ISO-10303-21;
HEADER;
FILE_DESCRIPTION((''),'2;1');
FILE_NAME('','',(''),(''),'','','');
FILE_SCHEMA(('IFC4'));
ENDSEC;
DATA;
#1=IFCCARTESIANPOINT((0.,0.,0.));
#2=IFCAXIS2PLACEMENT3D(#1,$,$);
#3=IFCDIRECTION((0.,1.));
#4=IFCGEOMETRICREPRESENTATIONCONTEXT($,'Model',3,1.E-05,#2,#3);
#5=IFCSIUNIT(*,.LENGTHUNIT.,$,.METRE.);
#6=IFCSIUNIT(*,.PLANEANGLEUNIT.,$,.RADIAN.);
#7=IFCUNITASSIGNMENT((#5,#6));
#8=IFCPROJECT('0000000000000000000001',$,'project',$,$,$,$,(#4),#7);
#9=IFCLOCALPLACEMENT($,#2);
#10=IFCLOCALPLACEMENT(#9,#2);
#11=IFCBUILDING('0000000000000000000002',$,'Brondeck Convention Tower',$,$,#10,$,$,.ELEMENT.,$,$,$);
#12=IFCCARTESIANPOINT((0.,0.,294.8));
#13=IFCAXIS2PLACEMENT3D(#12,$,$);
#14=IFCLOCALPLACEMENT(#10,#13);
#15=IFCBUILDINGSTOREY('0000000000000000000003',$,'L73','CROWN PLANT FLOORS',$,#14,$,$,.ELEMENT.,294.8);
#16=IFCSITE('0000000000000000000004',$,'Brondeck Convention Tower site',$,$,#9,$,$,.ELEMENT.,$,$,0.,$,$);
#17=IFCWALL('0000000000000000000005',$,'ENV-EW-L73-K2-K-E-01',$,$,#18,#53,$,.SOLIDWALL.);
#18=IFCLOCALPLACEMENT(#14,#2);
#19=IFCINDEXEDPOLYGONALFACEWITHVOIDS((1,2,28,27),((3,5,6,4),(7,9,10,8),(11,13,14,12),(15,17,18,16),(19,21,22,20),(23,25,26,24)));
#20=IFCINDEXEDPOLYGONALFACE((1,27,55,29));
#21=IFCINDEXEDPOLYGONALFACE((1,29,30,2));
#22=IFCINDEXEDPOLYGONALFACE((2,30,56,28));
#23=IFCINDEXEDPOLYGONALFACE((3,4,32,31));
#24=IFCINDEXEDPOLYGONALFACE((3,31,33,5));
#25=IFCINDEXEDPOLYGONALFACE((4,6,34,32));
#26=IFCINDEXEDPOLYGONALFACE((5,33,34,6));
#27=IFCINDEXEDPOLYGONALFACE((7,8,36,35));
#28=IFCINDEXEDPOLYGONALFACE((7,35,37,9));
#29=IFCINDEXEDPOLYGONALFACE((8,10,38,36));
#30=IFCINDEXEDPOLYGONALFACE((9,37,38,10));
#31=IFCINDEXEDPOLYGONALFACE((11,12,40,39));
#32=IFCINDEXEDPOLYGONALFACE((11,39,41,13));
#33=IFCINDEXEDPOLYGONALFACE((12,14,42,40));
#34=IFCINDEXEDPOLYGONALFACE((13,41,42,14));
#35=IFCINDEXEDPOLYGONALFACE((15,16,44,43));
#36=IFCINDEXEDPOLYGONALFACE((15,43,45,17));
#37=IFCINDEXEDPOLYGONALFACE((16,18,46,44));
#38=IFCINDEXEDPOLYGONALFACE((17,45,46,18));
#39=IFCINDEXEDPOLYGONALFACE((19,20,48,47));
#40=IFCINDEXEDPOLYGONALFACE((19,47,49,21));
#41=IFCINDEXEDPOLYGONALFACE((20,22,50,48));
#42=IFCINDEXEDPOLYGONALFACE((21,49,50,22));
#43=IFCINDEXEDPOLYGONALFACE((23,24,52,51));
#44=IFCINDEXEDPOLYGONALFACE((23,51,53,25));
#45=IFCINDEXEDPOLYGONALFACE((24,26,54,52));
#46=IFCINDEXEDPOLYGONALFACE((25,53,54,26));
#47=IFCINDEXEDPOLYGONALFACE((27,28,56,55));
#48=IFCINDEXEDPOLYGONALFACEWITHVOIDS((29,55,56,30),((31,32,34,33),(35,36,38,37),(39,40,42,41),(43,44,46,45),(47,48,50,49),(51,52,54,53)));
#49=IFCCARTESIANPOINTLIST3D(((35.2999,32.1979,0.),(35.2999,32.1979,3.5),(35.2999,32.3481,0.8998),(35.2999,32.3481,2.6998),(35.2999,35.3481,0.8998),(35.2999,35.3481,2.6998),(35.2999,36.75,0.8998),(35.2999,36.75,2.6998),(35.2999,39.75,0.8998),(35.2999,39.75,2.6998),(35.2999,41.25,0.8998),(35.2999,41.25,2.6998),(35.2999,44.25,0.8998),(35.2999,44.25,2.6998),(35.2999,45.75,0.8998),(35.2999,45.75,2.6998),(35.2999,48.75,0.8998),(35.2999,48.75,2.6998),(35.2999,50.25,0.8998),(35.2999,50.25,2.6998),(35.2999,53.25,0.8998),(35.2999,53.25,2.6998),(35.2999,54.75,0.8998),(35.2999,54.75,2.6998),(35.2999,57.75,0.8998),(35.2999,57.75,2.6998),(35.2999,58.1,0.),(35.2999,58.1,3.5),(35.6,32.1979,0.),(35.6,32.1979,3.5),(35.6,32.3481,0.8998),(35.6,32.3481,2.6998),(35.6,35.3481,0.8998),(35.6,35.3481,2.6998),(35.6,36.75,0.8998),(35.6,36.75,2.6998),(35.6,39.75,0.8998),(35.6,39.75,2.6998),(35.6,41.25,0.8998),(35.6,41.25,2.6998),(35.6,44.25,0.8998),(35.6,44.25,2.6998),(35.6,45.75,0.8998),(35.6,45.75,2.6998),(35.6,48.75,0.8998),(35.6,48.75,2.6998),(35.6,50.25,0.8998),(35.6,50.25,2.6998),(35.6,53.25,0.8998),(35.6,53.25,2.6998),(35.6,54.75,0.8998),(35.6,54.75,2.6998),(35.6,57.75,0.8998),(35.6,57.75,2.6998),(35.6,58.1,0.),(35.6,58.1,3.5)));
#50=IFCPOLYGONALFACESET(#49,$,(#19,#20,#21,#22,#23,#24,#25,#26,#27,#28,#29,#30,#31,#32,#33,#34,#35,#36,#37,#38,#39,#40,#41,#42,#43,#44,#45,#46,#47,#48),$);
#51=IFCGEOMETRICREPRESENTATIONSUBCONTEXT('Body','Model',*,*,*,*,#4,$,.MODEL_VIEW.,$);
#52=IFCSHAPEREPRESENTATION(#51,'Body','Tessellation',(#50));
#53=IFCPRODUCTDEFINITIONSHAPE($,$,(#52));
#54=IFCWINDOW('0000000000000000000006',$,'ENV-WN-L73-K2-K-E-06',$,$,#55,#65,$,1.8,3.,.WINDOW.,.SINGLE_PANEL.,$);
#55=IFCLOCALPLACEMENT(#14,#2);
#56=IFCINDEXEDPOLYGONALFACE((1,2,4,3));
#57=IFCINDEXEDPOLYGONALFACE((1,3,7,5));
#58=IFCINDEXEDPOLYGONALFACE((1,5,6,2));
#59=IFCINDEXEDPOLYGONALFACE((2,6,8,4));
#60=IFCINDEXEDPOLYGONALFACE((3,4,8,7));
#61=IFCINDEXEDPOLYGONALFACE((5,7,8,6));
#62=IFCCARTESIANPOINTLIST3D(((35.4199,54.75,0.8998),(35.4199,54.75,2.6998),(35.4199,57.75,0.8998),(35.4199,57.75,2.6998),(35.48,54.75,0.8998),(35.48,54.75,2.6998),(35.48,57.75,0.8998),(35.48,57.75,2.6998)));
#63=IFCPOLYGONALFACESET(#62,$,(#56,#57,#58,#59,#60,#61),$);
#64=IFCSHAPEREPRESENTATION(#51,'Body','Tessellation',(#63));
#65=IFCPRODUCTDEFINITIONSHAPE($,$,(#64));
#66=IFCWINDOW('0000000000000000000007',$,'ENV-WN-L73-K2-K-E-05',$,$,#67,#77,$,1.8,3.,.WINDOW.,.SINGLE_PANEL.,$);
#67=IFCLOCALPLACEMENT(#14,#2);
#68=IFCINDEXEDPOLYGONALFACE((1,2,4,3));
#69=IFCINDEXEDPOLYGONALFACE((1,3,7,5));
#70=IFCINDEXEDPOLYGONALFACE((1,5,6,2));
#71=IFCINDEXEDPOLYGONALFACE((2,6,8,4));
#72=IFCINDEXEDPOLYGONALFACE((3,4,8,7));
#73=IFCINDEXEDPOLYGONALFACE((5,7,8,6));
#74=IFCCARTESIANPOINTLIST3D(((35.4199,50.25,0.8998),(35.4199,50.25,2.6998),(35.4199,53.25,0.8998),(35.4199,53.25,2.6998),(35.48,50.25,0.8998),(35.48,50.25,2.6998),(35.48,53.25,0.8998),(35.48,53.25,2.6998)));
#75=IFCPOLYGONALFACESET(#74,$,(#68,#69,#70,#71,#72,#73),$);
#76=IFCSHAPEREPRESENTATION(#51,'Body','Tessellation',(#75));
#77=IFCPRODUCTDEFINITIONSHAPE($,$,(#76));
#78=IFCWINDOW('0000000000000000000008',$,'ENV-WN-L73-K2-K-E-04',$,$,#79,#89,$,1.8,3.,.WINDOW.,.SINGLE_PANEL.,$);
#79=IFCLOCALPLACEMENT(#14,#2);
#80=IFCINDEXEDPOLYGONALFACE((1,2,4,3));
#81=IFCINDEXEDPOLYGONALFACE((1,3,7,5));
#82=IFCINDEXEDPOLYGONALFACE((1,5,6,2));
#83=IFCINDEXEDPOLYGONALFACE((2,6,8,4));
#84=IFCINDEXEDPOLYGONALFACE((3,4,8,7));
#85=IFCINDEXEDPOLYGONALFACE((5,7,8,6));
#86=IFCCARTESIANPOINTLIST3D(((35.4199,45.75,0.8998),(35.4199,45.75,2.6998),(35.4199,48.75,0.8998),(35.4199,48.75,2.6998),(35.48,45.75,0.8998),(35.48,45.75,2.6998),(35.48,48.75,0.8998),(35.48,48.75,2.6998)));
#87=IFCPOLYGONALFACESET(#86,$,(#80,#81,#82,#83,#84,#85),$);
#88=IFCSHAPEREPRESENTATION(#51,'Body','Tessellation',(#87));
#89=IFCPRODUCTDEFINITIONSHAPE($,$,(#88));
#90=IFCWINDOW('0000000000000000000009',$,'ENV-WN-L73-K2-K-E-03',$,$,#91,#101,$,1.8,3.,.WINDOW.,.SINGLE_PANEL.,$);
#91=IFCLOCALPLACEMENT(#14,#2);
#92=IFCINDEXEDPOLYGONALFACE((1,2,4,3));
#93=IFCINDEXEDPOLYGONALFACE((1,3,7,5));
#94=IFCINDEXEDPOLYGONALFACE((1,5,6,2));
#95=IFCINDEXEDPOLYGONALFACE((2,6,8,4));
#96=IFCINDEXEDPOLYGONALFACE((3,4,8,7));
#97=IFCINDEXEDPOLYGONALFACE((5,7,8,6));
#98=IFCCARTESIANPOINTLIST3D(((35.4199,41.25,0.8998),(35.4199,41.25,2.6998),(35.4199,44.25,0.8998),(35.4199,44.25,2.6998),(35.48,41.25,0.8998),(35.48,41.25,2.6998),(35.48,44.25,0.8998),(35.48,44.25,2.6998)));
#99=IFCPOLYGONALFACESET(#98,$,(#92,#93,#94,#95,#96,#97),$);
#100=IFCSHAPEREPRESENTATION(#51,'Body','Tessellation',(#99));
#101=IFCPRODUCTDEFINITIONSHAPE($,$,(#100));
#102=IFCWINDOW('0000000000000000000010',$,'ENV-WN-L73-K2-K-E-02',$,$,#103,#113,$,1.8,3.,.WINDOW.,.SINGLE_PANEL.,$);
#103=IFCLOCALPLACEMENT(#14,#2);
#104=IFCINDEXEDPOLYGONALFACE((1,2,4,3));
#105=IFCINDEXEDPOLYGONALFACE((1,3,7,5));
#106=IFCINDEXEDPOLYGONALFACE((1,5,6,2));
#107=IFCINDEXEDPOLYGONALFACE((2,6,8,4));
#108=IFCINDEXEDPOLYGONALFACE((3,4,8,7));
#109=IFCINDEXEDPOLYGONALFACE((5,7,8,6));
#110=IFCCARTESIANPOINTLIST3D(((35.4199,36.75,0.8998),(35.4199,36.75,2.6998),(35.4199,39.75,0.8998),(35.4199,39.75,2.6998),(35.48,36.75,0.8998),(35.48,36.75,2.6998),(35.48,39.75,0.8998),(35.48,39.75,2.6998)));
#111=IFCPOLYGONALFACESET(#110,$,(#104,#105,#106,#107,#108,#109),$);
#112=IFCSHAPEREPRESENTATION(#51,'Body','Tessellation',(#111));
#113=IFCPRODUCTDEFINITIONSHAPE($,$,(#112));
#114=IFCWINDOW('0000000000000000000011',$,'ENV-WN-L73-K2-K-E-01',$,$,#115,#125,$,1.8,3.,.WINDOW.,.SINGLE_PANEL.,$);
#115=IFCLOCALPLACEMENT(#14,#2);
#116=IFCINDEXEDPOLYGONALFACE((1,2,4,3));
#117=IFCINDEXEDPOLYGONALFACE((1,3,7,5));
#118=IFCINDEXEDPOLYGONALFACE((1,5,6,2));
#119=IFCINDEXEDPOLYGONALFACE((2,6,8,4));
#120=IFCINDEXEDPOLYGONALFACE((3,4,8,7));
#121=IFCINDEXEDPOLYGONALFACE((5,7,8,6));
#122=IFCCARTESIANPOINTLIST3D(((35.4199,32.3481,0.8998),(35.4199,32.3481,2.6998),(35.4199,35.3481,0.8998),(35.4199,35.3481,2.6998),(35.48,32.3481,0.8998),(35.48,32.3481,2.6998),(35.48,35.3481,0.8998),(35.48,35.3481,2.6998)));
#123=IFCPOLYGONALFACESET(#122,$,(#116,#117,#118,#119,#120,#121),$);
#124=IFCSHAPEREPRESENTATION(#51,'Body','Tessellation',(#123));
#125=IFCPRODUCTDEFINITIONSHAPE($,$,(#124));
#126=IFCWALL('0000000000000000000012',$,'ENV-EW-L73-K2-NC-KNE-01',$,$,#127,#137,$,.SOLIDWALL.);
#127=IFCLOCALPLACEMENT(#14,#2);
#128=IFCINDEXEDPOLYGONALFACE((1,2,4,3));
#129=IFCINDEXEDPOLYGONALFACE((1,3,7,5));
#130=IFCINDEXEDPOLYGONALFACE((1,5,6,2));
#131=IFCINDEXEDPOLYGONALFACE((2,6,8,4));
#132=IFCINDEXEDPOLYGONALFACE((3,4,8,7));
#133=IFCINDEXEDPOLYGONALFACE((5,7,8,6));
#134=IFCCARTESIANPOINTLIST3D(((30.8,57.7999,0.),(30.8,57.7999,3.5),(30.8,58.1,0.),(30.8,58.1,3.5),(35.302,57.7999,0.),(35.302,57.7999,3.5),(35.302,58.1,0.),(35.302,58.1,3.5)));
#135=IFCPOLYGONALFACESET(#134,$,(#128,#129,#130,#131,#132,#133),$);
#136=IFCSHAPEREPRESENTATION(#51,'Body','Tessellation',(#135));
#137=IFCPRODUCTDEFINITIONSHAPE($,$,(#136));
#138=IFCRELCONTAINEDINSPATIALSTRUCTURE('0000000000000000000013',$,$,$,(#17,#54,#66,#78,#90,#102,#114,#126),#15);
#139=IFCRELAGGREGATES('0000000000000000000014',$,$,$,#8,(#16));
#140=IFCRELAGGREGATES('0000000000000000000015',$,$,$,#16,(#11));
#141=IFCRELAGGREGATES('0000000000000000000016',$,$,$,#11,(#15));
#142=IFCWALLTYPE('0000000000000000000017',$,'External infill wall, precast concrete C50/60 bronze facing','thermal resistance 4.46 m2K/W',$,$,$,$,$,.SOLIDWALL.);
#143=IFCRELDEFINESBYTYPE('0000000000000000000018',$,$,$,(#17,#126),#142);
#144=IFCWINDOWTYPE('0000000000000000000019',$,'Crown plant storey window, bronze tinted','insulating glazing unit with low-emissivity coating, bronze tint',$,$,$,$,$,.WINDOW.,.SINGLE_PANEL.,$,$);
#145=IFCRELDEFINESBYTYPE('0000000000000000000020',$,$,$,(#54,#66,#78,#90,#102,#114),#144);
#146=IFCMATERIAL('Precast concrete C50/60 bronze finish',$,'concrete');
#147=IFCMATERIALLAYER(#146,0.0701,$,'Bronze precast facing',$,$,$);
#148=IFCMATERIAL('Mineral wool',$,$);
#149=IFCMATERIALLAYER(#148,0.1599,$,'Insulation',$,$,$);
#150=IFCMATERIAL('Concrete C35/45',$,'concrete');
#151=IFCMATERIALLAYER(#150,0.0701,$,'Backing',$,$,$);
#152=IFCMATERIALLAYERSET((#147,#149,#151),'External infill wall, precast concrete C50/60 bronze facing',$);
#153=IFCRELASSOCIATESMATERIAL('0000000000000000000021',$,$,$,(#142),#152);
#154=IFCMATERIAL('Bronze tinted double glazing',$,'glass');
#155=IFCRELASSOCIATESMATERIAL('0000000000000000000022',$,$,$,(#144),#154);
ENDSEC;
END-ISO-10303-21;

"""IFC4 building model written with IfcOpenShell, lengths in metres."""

from ifc_helpers import new_model, si_unit, direction, frame, frame_2d, origin, place, context, subcontext, project, spatial, rectangle, extrude, material, layer, layer_set, type_object, element, fill, save


model = new_model("IFC4")

# Units and contexts
model_context = context("Model", 3, precision=1e-05, world=origin(), true_north=direction((0.0, 1.0)))
body_context = subcontext(model_context, "Body", "Model", "MODEL_VIEW")
ifc_project = project(units=[si_unit("LENGTHUNIT", "METRE"), si_unit("PLANEANGLEUNIT", "RADIAN")], contexts=[model_context])

# Site, building, storey
site_placement = place(None, origin())
site = spatial("IfcSite", under=ifc_project, at=site_placement, Name="Brondeck Convention Tower site", CompositionType="ELEMENT", RefElevation=0.0)
building_placement = place(site_placement, origin())
building = spatial("IfcBuilding", under=site, at=building_placement, Name="Brondeck Convention Tower", CompositionType="ELEMENT")
storey_placement = place(building_placement, frame((0.0, 0.0, 294.8)))
storey = spatial("IfcBuildingStorey", under=building, at=storey_placement, Name="L73", Description="CROWN PLANT FLOORS", CompositionType="ELEMENT", Elevation=294.8)

# Wall, openings, windows
ifc_material_1 = material(Name="Precast concrete C50/60 bronze finish", Category="concrete")
ifc_layer_1 = layer(ifc_material_1, 0.0701, Name="Bronze precast facing")
ifc_material_2 = material(Name="Mineral wool")
ifc_layer_2 = layer(ifc_material_2, 0.1599, Name="Insulation")
ifc_material_3 = material(Name="Concrete C35/45", Category="concrete")
ifc_layer_3 = layer(ifc_material_3, 0.0701, Name="Backing")
ifc_layer_set_1 = layer_set([ifc_layer_1, ifc_layer_2, ifc_layer_3], Name="External infill wall, precast concrete C50/60 bronze facing")
wall_type_1 = type_object("IfcWallType", Name="External infill wall, precast concrete C50/60 bronze facing", Description="thermal resistance 4.46 m2K/W", PredefinedType="SOLIDWALL", material=ifc_layer_set_1)
wall_1_placement = place(storey_placement, frame((35.45, 58.1001, 0.0), z_axis=(0.0, 0.0, 1.0), x_axis=(0.0, -1.0, 0.0)))
wall_1 = element("IfcWall", 1, at=wall_1_placement, inside=storey, type_object=wall_type_1, Name="ENV-EW-L73-K2-K-E-01", PredefinedType="SOLIDWALL", context=body_context, shape_type="SweptSolid", body=[
    extrude(rectangle(XDim=25.9021, YDim=0.3, at=frame_2d((12.9512, 0.0))), origin(), (0.0, 0.0, 1.0), 3.5),
])
opening_1_placement = place(wall_1_placement, frame((0.3501, 0.0, 0.8999)))
opening_1 = element("IfcOpeningElement", 2, at=opening_1_placement, cuts=wall_1, PredefinedType="OPENING", context=body_context, shape_type="SweptSolid", body=[
    extrude(rectangle(XDim=3.0, YDim=1.8, at=frame_2d((1.5, 0.8999))), frame((0.0, 0.1599, 0.0), z_axis=(0.0, -1.0, 0.0), x_axis=(1.0, 0.0, 0.0)), (0.0, 0.0, 1.0), 0.3201),
])
opening_2_placement = place(wall_1_placement, frame((4.8501, 0.0, 0.8999)))
opening_2 = element("IfcOpeningElement", 3, at=opening_2_placement, cuts=wall_1, PredefinedType="OPENING", context=body_context, shape_type="SweptSolid", body=[
    extrude(rectangle(XDim=3.0, YDim=1.8, at=frame_2d((1.5, 0.8999))), frame((0.0, 0.1599, 0.0), z_axis=(0.0, -1.0, 0.0), x_axis=(1.0, 0.0, 0.0)), (0.0, 0.0, 1.0), 0.3201),
])
opening_3_placement = place(wall_1_placement, frame((9.3501, 0.0, 0.8999)))
opening_3 = element("IfcOpeningElement", 4, at=opening_3_placement, cuts=wall_1, PredefinedType="OPENING", context=body_context, shape_type="SweptSolid", body=[
    extrude(rectangle(XDim=3.0, YDim=1.8, at=frame_2d((1.5, 0.8999))), frame((0.0, 0.1599, 0.0), z_axis=(0.0, -1.0, 0.0), x_axis=(1.0, 0.0, 0.0)), (0.0, 0.0, 1.0), 0.3201),
])
opening_4_placement = place(wall_1_placement, frame((13.8501, 0.0, 0.8999)))
opening_4 = element("IfcOpeningElement", 5, at=opening_4_placement, cuts=wall_1, PredefinedType="OPENING", context=body_context, shape_type="SweptSolid", body=[
    extrude(rectangle(XDim=3.0, YDim=1.8, at=frame_2d((1.5, 0.8999))), frame((0.0, 0.1599, 0.0), z_axis=(0.0, -1.0, 0.0), x_axis=(1.0, 0.0, 0.0)), (0.0, 0.0, 1.0), 0.3201),
])
opening_5_placement = place(wall_1_placement, frame((18.3501, 0.0, 0.8999)))
opening_5 = element("IfcOpeningElement", 6, at=opening_5_placement, cuts=wall_1, PredefinedType="OPENING", context=body_context, shape_type="SweptSolid", body=[
    extrude(rectangle(XDim=3.0, YDim=1.8, at=frame_2d((1.5, 0.8999))), frame((0.0, 0.1599, 0.0), z_axis=(0.0, -1.0, 0.0), x_axis=(1.0, 0.0, 0.0)), (0.0, 0.0, 1.0), 0.3201),
])
opening_6_placement = place(wall_1_placement, frame((22.752, 0.0, 0.8999)))
opening_6 = element("IfcOpeningElement", 7, at=opening_6_placement, cuts=wall_1, PredefinedType="OPENING", context=body_context, shape_type="SweptSolid", body=[
    extrude(rectangle(XDim=3.0, YDim=1.8, at=frame_2d((1.5, 0.8999))), frame((0.0, 0.1599, 0.0), z_axis=(0.0, -1.0, 0.0), x_axis=(1.0, 0.0, 0.0)), (0.0, 0.0, 1.0), 0.3201),
])
ifc_material_4 = material(Name="Bronze tinted double glazing", Category="glass")
window_type = type_object("IfcWindowType", Name="Crown plant storey window, bronze tinted", Description="insulating glazing unit with low-emissivity coating, bronze tint", PartitioningType="SINGLE_PANEL", PredefinedType="WINDOW", material=ifc_material_4)
window_1_placement = place(opening_1_placement, origin())
window_1 = element("IfcWindow", 8, at=window_1_placement, inside=storey, type_object=window_type, Name="ENV-WN-L73-K2-K-E-06", OverallHeight=1.8, OverallWidth=3.0, PartitioningType="SINGLE_PANEL", PredefinedType="WINDOW", context=body_context, shape_type="SweptSolid", body=[
    extrude(rectangle(XDim=3.0, YDim=1.8, at=frame_2d((1.5, 0.8999))), frame((0.0, 0.03, 0.0), z_axis=(0.0, -1.0, 0.0), x_axis=(1.0, 0.0, 0.0)), (0.0, 0.0, 1.0), 0.0601),
])
fill(opening_1, window_1)
window_2_placement = place(opening_2_placement, origin())
window_2 = element("IfcWindow", 9, at=window_2_placement, inside=storey, type_object=window_type, Name="ENV-WN-L73-K2-K-E-05", OverallHeight=1.8, OverallWidth=3.0, PartitioningType="SINGLE_PANEL", PredefinedType="WINDOW", context=body_context, shape_type="SweptSolid", body=[
    extrude(rectangle(XDim=3.0, YDim=1.8, at=frame_2d((1.5, 0.8999))), frame((0.0, 0.03, 0.0), z_axis=(0.0, -1.0, 0.0), x_axis=(1.0, 0.0, 0.0)), (0.0, 0.0, 1.0), 0.0601),
])
fill(opening_2, window_2)
window_3_placement = place(opening_3_placement, origin())
window_3 = element("IfcWindow", 10, at=window_3_placement, inside=storey, type_object=window_type, Name="ENV-WN-L73-K2-K-E-04", OverallHeight=1.8, OverallWidth=3.0, PartitioningType="SINGLE_PANEL", PredefinedType="WINDOW", context=body_context, shape_type="SweptSolid", body=[
    extrude(rectangle(XDim=3.0, YDim=1.8, at=frame_2d((1.5, 0.8999))), frame((0.0, 0.03, 0.0), z_axis=(0.0, -1.0, 0.0), x_axis=(1.0, 0.0, 0.0)), (0.0, 0.0, 1.0), 0.0601),
])
fill(opening_3, window_3)
window_4_placement = place(opening_4_placement, origin())
window_4 = element("IfcWindow", 11, at=window_4_placement, inside=storey, type_object=window_type, Name="ENV-WN-L73-K2-K-E-03", OverallHeight=1.8, OverallWidth=3.0, PartitioningType="SINGLE_PANEL", PredefinedType="WINDOW", context=body_context, shape_type="SweptSolid", body=[
    extrude(rectangle(XDim=3.0, YDim=1.8, at=frame_2d((1.5, 0.8999))), frame((0.0, 0.03, 0.0), z_axis=(0.0, -1.0, 0.0), x_axis=(1.0, 0.0, 0.0)), (0.0, 0.0, 1.0), 0.0601),
])
fill(opening_4, window_4)
window_5_placement = place(opening_5_placement, origin())
window_5 = element("IfcWindow", 12, at=window_5_placement, inside=storey, type_object=window_type, Name="ENV-WN-L73-K2-K-E-02", OverallHeight=1.8, OverallWidth=3.0, PartitioningType="SINGLE_PANEL", PredefinedType="WINDOW", context=body_context, shape_type="SweptSolid", body=[
    extrude(rectangle(XDim=3.0, YDim=1.8, at=frame_2d((1.5, 0.8999))), frame((0.0, 0.03, 0.0), z_axis=(0.0, -1.0, 0.0), x_axis=(1.0, 0.0, 0.0)), (0.0, 0.0, 1.0), 0.0601),
])
fill(opening_5, window_5)
window_6_placement = place(opening_6_placement, origin())
window_6 = element("IfcWindow", 13, at=window_6_placement, inside=storey, type_object=window_type, Name="ENV-WN-L73-K2-K-E-01", OverallHeight=1.8, OverallWidth=3.0, PartitioningType="SINGLE_PANEL", PredefinedType="WINDOW", context=body_context, shape_type="SweptSolid", body=[
    extrude(rectangle(XDim=3.0, YDim=1.8, at=frame_2d((1.5, 0.8999))), frame((0.0, 0.03, 0.0), z_axis=(0.0, -1.0, 0.0), x_axis=(1.0, 0.0, 0.0)), (0.0, 0.0, 1.0), 0.0601),
])
fill(opening_6, window_6)

# Wall
wall_2_placement = place(storey_placement, frame((30.8, 57.95, 0.0), z_axis=(0.0, 0.0, 1.0), x_axis=(1.0, 0.0, 0.0)))
element("IfcWall", 14, at=wall_2_placement, inside=storey, type_object=wall_type_1, Name="ENV-EW-L73-K2-NC-KNE-01", PredefinedType="SOLIDWALL", context=body_context, shape_type="SweptSolid", body=[
    extrude(rectangle(XDim=4.502, YDim=0.3, at=frame_2d((2.251, 0.0))), origin(), (0.0, 0.0, 1.0), 3.5),
])

save(model, "model.ifc")
